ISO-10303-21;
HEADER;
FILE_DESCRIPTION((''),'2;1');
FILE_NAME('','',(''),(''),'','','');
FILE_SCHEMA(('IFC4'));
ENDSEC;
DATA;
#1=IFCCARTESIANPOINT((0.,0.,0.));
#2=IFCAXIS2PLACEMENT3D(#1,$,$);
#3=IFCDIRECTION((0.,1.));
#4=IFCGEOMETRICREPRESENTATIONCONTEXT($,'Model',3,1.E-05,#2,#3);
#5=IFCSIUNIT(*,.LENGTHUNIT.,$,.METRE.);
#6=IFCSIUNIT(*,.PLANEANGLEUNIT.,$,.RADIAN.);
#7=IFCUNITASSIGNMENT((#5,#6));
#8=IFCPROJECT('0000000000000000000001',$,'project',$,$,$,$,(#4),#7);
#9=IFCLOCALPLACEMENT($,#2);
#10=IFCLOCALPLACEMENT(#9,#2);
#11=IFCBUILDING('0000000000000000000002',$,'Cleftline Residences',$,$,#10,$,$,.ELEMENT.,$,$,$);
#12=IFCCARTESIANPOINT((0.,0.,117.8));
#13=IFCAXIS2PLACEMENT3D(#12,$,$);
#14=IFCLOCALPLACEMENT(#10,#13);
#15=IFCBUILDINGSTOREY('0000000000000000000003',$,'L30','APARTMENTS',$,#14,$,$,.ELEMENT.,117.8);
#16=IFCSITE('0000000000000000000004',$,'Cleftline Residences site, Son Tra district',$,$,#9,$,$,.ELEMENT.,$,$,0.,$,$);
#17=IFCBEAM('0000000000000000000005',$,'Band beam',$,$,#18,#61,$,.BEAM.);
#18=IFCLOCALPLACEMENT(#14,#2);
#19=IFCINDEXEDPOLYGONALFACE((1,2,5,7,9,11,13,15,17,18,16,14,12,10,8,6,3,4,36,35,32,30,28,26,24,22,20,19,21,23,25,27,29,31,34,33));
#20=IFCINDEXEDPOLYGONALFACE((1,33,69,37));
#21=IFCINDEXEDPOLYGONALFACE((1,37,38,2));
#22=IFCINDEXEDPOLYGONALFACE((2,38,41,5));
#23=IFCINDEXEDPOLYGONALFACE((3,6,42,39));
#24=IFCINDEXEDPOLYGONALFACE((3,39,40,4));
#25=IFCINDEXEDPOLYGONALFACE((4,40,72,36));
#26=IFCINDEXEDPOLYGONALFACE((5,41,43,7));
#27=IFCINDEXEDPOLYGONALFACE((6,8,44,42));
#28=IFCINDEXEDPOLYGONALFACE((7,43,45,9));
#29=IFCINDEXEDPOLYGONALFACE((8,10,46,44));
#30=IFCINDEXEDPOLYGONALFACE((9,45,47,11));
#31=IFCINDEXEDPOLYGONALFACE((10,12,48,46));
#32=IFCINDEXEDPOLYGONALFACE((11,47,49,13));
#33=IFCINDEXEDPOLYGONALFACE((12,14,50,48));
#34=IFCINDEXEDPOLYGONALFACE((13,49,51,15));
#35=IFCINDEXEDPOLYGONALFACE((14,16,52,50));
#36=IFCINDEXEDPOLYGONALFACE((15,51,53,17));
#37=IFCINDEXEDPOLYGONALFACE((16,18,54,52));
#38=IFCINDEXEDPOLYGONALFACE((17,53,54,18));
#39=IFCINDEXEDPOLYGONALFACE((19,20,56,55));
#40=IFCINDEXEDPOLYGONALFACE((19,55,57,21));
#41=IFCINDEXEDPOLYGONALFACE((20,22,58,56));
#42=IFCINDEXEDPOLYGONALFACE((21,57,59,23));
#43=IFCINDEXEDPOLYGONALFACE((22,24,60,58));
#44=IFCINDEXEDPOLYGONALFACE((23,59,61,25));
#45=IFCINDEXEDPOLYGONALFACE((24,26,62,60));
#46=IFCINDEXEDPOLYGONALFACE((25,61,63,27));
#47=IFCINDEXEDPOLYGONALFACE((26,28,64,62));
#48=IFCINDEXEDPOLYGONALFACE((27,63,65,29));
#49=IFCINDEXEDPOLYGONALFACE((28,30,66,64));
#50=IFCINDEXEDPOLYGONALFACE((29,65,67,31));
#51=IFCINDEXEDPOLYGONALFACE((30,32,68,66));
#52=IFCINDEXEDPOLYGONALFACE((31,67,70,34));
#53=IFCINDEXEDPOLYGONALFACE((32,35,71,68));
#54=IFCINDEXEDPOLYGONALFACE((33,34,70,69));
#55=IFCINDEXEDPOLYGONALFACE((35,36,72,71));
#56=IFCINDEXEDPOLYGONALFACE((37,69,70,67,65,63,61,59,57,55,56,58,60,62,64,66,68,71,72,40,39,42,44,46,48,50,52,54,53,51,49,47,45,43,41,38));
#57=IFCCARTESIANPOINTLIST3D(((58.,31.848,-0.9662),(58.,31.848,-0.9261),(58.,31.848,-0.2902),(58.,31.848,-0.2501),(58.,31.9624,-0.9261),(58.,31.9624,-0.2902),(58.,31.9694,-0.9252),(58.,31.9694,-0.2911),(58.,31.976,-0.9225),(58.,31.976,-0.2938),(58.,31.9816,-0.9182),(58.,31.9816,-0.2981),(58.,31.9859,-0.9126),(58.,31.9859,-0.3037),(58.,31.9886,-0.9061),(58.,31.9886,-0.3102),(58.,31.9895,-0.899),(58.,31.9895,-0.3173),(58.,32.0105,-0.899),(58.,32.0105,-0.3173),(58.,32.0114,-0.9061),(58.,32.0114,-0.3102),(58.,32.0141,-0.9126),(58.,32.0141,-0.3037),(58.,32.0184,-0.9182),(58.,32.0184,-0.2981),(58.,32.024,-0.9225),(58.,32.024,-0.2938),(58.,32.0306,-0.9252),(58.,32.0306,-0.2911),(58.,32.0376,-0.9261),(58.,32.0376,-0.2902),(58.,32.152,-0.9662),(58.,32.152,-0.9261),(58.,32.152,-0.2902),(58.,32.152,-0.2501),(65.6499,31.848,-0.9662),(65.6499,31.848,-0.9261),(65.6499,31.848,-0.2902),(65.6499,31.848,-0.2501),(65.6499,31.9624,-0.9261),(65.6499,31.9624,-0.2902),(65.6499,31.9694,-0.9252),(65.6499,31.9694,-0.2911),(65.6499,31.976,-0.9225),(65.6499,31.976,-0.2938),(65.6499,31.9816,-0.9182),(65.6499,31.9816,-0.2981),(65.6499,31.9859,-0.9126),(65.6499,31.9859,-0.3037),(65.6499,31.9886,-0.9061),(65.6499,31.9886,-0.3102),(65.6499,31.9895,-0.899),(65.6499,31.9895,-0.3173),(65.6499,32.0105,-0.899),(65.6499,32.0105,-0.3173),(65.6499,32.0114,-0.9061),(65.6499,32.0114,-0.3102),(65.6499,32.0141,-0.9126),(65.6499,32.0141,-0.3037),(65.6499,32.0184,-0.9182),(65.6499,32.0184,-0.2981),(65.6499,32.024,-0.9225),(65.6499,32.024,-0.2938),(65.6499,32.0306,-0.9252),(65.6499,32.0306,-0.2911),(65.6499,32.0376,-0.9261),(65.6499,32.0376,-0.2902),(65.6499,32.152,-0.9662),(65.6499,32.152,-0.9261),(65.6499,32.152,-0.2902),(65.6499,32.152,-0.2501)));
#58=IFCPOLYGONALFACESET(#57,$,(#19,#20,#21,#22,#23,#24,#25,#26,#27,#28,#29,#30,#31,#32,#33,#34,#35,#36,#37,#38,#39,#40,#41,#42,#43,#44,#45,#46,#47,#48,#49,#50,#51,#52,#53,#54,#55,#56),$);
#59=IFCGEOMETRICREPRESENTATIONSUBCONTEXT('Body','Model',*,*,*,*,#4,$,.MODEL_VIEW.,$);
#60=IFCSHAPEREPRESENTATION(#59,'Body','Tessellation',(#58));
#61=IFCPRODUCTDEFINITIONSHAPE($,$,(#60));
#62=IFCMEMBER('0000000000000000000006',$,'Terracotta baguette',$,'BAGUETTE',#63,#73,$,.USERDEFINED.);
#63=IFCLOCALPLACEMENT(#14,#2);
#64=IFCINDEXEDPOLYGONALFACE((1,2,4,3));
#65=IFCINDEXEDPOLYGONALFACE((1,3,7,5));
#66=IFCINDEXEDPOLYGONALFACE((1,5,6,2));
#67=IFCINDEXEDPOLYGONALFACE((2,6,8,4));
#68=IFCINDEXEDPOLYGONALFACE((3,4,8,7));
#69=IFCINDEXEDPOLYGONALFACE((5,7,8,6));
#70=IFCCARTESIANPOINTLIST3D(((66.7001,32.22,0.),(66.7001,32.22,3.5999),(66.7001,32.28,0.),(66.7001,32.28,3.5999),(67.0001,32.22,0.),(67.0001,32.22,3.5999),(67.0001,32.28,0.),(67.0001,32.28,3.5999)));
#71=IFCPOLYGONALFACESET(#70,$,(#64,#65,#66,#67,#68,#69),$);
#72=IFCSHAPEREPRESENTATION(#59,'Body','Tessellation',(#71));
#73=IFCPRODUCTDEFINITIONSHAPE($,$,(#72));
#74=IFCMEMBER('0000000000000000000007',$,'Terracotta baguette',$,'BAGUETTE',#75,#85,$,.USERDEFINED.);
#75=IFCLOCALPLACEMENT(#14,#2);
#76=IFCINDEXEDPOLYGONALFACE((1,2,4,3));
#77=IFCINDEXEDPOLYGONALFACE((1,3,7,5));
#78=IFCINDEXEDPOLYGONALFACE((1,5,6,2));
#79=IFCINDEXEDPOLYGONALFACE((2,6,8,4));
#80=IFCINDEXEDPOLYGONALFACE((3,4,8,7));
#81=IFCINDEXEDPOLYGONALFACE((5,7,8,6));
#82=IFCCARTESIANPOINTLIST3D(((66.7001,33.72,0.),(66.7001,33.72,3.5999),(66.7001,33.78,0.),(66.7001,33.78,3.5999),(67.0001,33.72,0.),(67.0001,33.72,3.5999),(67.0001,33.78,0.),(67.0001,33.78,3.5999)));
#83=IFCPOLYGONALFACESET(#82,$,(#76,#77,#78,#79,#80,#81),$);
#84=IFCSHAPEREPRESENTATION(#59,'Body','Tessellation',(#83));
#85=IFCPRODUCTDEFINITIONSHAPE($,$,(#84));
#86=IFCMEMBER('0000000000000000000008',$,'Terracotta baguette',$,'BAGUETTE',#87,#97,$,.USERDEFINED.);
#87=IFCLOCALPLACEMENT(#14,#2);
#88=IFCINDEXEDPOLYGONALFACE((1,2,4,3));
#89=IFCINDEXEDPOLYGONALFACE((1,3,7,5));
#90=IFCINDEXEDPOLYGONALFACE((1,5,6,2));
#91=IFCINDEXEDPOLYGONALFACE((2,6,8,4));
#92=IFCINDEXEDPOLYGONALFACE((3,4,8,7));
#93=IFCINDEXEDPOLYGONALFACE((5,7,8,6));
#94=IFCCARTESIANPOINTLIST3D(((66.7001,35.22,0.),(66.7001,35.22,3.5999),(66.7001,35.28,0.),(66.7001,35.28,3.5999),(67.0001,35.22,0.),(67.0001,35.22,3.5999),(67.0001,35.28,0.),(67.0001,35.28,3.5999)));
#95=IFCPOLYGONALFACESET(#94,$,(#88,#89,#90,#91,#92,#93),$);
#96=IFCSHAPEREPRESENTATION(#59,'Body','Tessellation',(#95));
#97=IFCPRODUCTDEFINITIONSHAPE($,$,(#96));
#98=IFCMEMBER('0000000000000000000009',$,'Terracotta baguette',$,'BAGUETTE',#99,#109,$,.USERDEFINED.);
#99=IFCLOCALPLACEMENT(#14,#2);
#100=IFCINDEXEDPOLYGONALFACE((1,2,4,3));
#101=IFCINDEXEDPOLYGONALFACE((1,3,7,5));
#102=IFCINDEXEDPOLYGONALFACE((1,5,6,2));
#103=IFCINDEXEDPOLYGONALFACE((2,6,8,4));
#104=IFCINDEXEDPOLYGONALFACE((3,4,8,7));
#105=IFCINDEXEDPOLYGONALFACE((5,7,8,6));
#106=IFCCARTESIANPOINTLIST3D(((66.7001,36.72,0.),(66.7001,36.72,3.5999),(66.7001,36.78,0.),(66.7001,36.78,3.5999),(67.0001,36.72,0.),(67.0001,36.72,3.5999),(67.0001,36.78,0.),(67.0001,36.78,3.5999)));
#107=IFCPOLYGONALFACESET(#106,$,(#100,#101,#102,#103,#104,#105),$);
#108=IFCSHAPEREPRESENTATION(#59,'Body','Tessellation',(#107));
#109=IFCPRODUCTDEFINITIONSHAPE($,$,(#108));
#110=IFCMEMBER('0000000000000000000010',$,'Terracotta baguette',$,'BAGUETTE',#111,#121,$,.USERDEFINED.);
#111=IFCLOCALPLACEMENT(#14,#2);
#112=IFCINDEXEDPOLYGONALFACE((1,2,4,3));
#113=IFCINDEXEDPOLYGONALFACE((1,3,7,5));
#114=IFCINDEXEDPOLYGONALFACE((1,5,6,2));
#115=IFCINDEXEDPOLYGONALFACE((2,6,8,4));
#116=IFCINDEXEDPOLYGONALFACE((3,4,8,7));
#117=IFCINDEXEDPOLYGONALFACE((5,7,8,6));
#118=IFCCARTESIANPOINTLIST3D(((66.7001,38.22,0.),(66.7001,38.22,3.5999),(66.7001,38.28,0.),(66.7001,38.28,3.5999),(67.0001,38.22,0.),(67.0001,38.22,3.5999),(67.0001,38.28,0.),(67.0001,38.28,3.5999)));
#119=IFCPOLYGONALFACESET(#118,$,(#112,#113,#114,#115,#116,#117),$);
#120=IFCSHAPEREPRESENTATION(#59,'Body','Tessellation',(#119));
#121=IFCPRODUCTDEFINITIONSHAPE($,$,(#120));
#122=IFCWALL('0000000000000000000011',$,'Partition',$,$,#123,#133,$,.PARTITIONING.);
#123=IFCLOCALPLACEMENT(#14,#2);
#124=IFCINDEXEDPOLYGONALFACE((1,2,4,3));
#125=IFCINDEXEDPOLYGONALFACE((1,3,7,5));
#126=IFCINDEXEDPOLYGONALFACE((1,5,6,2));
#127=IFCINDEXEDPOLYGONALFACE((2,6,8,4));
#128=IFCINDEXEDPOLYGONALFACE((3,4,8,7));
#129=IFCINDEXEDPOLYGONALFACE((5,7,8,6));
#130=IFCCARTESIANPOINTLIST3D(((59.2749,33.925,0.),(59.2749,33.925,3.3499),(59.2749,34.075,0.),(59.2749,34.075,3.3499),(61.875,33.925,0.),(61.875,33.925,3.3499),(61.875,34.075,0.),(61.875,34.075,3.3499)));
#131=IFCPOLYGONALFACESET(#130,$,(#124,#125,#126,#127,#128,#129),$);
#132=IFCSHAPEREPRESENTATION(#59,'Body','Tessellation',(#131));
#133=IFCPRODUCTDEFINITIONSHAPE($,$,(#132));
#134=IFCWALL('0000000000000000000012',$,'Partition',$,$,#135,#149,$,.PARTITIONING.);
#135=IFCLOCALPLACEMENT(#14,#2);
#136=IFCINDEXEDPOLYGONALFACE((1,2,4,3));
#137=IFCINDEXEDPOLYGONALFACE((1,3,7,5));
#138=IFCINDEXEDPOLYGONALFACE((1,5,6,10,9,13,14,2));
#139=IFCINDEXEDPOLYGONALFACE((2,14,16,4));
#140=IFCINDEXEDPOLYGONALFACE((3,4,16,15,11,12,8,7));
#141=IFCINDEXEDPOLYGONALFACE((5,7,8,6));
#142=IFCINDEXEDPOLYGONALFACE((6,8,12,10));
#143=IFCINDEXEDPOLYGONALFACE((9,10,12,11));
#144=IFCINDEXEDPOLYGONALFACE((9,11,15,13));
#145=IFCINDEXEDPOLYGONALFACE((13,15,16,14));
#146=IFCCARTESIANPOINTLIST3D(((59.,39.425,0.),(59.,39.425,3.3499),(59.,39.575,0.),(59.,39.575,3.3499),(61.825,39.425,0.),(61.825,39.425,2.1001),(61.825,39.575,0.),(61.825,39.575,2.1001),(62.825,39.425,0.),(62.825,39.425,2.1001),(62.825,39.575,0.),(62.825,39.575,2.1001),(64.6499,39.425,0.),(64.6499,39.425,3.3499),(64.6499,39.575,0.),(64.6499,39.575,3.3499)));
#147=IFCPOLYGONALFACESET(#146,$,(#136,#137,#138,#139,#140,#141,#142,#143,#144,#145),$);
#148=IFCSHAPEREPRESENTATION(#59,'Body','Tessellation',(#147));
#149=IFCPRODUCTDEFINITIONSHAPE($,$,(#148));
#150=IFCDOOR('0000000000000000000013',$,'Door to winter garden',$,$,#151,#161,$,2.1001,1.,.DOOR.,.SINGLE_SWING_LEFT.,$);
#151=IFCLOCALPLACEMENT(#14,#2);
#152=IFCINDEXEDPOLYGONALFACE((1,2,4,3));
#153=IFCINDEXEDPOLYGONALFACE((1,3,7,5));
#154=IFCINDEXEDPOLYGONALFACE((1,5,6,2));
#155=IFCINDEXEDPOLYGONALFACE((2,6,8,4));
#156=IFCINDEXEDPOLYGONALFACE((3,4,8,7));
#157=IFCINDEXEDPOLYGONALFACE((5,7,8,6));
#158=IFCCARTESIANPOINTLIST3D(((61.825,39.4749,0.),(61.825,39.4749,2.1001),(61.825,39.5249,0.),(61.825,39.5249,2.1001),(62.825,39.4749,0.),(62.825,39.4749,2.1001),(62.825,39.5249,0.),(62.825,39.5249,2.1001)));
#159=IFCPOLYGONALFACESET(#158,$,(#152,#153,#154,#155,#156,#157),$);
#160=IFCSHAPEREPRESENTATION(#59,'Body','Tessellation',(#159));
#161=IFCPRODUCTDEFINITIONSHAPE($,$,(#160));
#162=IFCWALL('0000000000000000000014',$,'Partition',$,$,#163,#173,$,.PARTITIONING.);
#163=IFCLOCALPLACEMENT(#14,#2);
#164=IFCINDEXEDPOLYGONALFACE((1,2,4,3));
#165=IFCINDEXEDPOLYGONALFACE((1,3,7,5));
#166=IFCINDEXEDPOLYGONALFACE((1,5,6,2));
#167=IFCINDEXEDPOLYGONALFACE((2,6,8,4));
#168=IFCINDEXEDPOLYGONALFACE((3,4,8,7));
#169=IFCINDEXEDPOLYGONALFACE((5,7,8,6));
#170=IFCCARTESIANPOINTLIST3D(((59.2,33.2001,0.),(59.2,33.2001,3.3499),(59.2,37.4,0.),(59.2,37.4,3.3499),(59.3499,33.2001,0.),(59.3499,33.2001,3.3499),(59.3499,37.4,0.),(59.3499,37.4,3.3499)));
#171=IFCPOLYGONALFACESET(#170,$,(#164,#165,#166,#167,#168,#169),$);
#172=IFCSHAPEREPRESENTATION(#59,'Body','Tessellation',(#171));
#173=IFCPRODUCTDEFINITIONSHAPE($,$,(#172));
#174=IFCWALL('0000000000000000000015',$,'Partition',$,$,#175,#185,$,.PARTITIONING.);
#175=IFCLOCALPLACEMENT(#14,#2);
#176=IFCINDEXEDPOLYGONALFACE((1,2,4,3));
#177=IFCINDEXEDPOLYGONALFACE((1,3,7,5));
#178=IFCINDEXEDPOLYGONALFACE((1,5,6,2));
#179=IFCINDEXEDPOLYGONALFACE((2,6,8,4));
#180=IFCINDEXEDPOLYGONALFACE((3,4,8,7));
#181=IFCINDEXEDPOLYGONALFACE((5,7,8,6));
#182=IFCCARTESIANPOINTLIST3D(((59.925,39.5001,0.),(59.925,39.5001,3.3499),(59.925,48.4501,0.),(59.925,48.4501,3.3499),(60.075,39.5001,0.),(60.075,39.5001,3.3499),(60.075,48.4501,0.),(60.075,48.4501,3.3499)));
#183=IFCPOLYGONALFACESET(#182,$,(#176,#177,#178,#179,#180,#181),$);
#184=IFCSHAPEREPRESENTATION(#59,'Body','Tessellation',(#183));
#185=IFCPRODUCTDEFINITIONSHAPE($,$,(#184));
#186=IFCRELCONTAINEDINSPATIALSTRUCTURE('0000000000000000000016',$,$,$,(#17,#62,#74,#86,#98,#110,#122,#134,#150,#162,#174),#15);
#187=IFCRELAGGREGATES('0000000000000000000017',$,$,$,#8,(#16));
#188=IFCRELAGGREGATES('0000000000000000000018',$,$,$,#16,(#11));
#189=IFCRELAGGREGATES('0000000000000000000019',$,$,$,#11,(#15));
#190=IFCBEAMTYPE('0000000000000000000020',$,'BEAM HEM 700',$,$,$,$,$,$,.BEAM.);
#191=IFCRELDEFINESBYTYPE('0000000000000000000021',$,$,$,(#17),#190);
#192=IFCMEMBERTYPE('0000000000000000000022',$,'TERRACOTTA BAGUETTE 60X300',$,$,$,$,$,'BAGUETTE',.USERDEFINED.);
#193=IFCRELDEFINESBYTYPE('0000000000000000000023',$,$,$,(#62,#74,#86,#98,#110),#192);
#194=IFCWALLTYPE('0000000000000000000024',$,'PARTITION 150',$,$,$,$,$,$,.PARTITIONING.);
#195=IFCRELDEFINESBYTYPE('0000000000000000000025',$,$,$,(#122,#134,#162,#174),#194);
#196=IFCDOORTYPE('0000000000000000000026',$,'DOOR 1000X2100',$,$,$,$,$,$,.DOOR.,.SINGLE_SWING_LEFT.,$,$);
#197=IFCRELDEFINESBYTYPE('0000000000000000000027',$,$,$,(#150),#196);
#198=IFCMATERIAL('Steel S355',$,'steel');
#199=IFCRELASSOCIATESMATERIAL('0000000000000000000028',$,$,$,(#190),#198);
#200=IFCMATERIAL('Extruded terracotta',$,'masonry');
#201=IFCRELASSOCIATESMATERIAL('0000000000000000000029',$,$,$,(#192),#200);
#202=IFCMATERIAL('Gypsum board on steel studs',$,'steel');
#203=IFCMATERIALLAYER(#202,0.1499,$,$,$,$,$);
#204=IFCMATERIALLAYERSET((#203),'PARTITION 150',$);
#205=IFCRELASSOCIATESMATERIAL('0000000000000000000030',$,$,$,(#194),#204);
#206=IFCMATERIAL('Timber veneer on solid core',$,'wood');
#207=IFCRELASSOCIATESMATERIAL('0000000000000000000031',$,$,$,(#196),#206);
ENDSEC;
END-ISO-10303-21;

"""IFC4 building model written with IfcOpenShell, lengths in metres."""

from ifc_helpers import new_model, si_unit, direction, frame, frame_2d, origin, origin_2d, place, context, subcontext, project, spatial, rectangle, i_section, extrude, material, layer, layer_set, material_profile, profile_set, type_object, element, fill, save


model = new_model("IFC4")

# Units and contexts
model_context = context("Model", 3, precision=1e-05, world=origin(), true_north=direction((0.0, 1.0)))
body_context = subcontext(model_context, "Body", "Model", "MODEL_VIEW")
ifc_project = project(units=[si_unit("LENGTHUNIT", "METRE"), si_unit("PLANEANGLEUNIT", "RADIAN")], contexts=[model_context])

# Site, building, storey
site_placement = place(None, origin())
site = spatial("IfcSite", under=ifc_project, at=site_placement, Name="Cleftline Residences site, Son Tra district", CompositionType="ELEMENT", RefElevation=0.0)
building_placement = place(site_placement, origin())
building = spatial("IfcBuilding", under=site, at=building_placement, Name="Cleftline Residences", CompositionType="ELEMENT")
storey_placement = place(building_placement, frame((0.0, 0.0, 117.8)))
storey = spatial("IfcBuildingStorey", under=building, at=storey_placement, Name="L30", Description="APARTMENTS", CompositionType="ELEMENT", Elevation=117.8)

# Beam
ifc_material_1 = material(Name="Steel S355", Category="steel")
ifc_material_profile_1 = material_profile(ifc_material_1, i_section(OverallWidth=0.304, OverallDepth=0.7161, WebThickness=0.021, FlangeThickness=0.04, FilletRadius=0.0271, at=origin_2d()))
ifc_profile_set_1 = profile_set([ifc_material_profile_1], Name="Steel S355")
beam_type_1 = type_object("IfcBeamType", Name="BEAM HEM 700", PredefinedType="BEAM", material=ifc_profile_set_1)
beam_1_placement = place(storey_placement, frame((65.6499, 32.0, -0.6082), z_axis=(-1.0, 0.0, 0.0), x_axis=(0.0, -1.0, 0.0)))
element("IfcBeam", 1, at=beam_1_placement, inside=storey, type_object=beam_type_1, Name="Band beam", PredefinedType="BEAM", context=body_context, shape_type="SweptSolid", body=[
    extrude(i_section(OverallWidth=0.304, OverallDepth=0.7161, WebThickness=0.021, FlangeThickness=0.04, FilletRadius=0.0271, at=origin_2d()), origin(), (0.0, 0.0, 1.0), 7.6499),
])

# Members
ifc_material_2 = material(Name="Extruded terracotta", Category="masonry")
ifc_material_profile_2 = material_profile(ifc_material_2, rectangle(XDim=0.0601, YDim=0.3, at=origin_2d()))
ifc_profile_set_2 = profile_set([ifc_material_profile_2], Name="Extruded terracotta")
member_type_1 = type_object("IfcMemberType", Name="TERRACOTTA BAGUETTE 60X300", ElementType="BAGUETTE", PredefinedType="USERDEFINED", material=ifc_profile_set_2)
for number, where, z_axis, x_axis, name in (
    (2, (66.8501, 32.25, 0.0), (0.0, 0.0, 1.0), (0.0, 1.0, 0.0), "Terracotta baguette"),
    (3, (66.8501, 33.75, 0.0), (0.0, 0.0, 1.0), (0.0, 1.0, 0.0), "Terracotta baguette"),
    (4, (66.8501, 35.25, 0.0), (0.0, 0.0, 1.0), (0.0, 1.0, 0.0), "Terracotta baguette"),
    (5, (66.8501, 36.75, 0.0), (0.0, 0.0, 1.0), (0.0, 1.0, 0.0), "Terracotta baguette"),
    (6, (66.8501, 38.25, 0.0), (0.0, 0.0, 1.0), (0.0, 1.0, 0.0), "Terracotta baguette"),
):
    element("IfcMember", number, at=place(storey_placement, frame(where, z_axis=z_axis, x_axis=x_axis)), inside=storey, type_object=member_type_1, Name=name, ObjectType="BAGUETTE", PredefinedType="USERDEFINED", context=body_context, shape_type="SweptSolid", body=[
        extrude(rectangle(XDim=0.0601, YDim=0.3, at=origin_2d()), origin(), (0.0, 0.0, 1.0), 3.5999),
    ])

# Wall
ifc_material_3 = material(Name="Gypsum board on steel studs", Category="steel")
ifc_layer = layer(ifc_material_3, 0.1499)
ifc_layer_set = layer_set([ifc_layer], Name="PARTITION 150")
wall_type = type_object("IfcWallType", Name="PARTITION 150", PredefinedType="PARTITIONING", material=ifc_layer_set)
wall_1_placement = place(storey_placement, frame((59.2749, 34.0, 0.0), z_axis=(0.0, 0.0, 1.0), x_axis=(1.0, 0.0, 0.0)))
element("IfcWall", 7, at=wall_1_placement, inside=storey, type_object=wall_type, Name="Partition", PredefinedType="PARTITIONING", context=body_context, shape_type="SweptSolid", body=[
    extrude(rectangle(XDim=2.6001, YDim=0.1499, at=frame_2d((1.3, 0.0))), origin(), (0.0, 0.0, 1.0), 3.3499),
])

# Wall, opening, door
wall_2_placement = place(storey_placement, frame((59.0, 39.5, 0.0), z_axis=(0.0, 0.0, 1.0), x_axis=(1.0, 0.0, 0.0)))
wall_2 = element("IfcWall", 8, at=wall_2_placement, inside=storey, type_object=wall_type, Name="Partition", PredefinedType="PARTITIONING", context=body_context, shape_type="SweptSolid", body=[
    extrude(rectangle(XDim=5.6499, YDim=0.1499, at=frame_2d((2.825, 0.0))), origin(), (0.0, 0.0, 1.0), 3.3499),
])
opening_placement = place(wall_2_placement, frame((2.825, 0.0, 0.0)))
opening = element("IfcOpeningElement", 9, at=opening_placement, cuts=wall_2, PredefinedType="OPENING", context=body_context, shape_type="SweptSolid", body=[
    extrude(rectangle(XDim=1.0, YDim=2.1001, at=frame_2d((0.5, 1.05))), frame((0.0, 0.085, 0.0), z_axis=(0.0, -1.0, 0.0), x_axis=(1.0, 0.0, 0.0)), (0.0, 0.0, 1.0), 0.1699),
])
ifc_material_4 = material(Name="Timber veneer on solid core", Category="wood")
door_type = type_object("IfcDoorType", Name="DOOR 1000X2100", OperationType="SINGLE_SWING_LEFT", PredefinedType="DOOR", material=ifc_material_4)
door_placement = place(opening_placement, origin())
door = element("IfcDoor", 10, at=door_placement, inside=storey, type_object=door_type, Name="Door to winter garden", OperationType="SINGLE_SWING_LEFT", OverallHeight=2.1001, OverallWidth=1.0, PredefinedType="DOOR", context=body_context, shape_type="SweptSolid", body=[
    extrude(rectangle(XDim=1.0, YDim=2.1001, at=frame_2d((0.5, 1.05))), frame((0.0, 0.0249, 0.0), z_axis=(0.0, -1.0, 0.0), x_axis=(1.0, 0.0, 0.0)), (0.0, 0.0, 1.0), 0.05),
])
fill(opening, door)

# Walls
wall_3_placement = place(storey_placement, frame((59.2749, 33.2, 0.0), z_axis=(0.0, 0.0, 1.0), x_axis=(0.0, 1.0, 0.0)))
element("IfcWall", 11, at=wall_3_placement, inside=storey, type_object=wall_type, Name="Partition", PredefinedType="PARTITIONING", context=body_context, shape_type="SweptSolid", body=[
    extrude(rectangle(XDim=4.2, YDim=0.1499, at=frame_2d((2.1001, 0.0))), origin(), (0.0, 0.0, 1.0), 3.3499),
])
wall_4_placement = place(storey_placement, frame((60.0, 39.5, 0.0), z_axis=(0.0, 0.0, 1.0), x_axis=(0.0, 1.0, 0.0)))
element("IfcWall", 12, at=wall_4_placement, inside=storey, type_object=wall_type, Name="Partition", PredefinedType="PARTITIONING", context=body_context, shape_type="SweptSolid", body=[
    extrude(rectangle(XDim=8.95, YDim=0.1499, at=frame_2d((4.4751, 0.0))), origin(), (0.0, 0.0, 1.0), 3.3499),
])

save(model, "model.ifc")
